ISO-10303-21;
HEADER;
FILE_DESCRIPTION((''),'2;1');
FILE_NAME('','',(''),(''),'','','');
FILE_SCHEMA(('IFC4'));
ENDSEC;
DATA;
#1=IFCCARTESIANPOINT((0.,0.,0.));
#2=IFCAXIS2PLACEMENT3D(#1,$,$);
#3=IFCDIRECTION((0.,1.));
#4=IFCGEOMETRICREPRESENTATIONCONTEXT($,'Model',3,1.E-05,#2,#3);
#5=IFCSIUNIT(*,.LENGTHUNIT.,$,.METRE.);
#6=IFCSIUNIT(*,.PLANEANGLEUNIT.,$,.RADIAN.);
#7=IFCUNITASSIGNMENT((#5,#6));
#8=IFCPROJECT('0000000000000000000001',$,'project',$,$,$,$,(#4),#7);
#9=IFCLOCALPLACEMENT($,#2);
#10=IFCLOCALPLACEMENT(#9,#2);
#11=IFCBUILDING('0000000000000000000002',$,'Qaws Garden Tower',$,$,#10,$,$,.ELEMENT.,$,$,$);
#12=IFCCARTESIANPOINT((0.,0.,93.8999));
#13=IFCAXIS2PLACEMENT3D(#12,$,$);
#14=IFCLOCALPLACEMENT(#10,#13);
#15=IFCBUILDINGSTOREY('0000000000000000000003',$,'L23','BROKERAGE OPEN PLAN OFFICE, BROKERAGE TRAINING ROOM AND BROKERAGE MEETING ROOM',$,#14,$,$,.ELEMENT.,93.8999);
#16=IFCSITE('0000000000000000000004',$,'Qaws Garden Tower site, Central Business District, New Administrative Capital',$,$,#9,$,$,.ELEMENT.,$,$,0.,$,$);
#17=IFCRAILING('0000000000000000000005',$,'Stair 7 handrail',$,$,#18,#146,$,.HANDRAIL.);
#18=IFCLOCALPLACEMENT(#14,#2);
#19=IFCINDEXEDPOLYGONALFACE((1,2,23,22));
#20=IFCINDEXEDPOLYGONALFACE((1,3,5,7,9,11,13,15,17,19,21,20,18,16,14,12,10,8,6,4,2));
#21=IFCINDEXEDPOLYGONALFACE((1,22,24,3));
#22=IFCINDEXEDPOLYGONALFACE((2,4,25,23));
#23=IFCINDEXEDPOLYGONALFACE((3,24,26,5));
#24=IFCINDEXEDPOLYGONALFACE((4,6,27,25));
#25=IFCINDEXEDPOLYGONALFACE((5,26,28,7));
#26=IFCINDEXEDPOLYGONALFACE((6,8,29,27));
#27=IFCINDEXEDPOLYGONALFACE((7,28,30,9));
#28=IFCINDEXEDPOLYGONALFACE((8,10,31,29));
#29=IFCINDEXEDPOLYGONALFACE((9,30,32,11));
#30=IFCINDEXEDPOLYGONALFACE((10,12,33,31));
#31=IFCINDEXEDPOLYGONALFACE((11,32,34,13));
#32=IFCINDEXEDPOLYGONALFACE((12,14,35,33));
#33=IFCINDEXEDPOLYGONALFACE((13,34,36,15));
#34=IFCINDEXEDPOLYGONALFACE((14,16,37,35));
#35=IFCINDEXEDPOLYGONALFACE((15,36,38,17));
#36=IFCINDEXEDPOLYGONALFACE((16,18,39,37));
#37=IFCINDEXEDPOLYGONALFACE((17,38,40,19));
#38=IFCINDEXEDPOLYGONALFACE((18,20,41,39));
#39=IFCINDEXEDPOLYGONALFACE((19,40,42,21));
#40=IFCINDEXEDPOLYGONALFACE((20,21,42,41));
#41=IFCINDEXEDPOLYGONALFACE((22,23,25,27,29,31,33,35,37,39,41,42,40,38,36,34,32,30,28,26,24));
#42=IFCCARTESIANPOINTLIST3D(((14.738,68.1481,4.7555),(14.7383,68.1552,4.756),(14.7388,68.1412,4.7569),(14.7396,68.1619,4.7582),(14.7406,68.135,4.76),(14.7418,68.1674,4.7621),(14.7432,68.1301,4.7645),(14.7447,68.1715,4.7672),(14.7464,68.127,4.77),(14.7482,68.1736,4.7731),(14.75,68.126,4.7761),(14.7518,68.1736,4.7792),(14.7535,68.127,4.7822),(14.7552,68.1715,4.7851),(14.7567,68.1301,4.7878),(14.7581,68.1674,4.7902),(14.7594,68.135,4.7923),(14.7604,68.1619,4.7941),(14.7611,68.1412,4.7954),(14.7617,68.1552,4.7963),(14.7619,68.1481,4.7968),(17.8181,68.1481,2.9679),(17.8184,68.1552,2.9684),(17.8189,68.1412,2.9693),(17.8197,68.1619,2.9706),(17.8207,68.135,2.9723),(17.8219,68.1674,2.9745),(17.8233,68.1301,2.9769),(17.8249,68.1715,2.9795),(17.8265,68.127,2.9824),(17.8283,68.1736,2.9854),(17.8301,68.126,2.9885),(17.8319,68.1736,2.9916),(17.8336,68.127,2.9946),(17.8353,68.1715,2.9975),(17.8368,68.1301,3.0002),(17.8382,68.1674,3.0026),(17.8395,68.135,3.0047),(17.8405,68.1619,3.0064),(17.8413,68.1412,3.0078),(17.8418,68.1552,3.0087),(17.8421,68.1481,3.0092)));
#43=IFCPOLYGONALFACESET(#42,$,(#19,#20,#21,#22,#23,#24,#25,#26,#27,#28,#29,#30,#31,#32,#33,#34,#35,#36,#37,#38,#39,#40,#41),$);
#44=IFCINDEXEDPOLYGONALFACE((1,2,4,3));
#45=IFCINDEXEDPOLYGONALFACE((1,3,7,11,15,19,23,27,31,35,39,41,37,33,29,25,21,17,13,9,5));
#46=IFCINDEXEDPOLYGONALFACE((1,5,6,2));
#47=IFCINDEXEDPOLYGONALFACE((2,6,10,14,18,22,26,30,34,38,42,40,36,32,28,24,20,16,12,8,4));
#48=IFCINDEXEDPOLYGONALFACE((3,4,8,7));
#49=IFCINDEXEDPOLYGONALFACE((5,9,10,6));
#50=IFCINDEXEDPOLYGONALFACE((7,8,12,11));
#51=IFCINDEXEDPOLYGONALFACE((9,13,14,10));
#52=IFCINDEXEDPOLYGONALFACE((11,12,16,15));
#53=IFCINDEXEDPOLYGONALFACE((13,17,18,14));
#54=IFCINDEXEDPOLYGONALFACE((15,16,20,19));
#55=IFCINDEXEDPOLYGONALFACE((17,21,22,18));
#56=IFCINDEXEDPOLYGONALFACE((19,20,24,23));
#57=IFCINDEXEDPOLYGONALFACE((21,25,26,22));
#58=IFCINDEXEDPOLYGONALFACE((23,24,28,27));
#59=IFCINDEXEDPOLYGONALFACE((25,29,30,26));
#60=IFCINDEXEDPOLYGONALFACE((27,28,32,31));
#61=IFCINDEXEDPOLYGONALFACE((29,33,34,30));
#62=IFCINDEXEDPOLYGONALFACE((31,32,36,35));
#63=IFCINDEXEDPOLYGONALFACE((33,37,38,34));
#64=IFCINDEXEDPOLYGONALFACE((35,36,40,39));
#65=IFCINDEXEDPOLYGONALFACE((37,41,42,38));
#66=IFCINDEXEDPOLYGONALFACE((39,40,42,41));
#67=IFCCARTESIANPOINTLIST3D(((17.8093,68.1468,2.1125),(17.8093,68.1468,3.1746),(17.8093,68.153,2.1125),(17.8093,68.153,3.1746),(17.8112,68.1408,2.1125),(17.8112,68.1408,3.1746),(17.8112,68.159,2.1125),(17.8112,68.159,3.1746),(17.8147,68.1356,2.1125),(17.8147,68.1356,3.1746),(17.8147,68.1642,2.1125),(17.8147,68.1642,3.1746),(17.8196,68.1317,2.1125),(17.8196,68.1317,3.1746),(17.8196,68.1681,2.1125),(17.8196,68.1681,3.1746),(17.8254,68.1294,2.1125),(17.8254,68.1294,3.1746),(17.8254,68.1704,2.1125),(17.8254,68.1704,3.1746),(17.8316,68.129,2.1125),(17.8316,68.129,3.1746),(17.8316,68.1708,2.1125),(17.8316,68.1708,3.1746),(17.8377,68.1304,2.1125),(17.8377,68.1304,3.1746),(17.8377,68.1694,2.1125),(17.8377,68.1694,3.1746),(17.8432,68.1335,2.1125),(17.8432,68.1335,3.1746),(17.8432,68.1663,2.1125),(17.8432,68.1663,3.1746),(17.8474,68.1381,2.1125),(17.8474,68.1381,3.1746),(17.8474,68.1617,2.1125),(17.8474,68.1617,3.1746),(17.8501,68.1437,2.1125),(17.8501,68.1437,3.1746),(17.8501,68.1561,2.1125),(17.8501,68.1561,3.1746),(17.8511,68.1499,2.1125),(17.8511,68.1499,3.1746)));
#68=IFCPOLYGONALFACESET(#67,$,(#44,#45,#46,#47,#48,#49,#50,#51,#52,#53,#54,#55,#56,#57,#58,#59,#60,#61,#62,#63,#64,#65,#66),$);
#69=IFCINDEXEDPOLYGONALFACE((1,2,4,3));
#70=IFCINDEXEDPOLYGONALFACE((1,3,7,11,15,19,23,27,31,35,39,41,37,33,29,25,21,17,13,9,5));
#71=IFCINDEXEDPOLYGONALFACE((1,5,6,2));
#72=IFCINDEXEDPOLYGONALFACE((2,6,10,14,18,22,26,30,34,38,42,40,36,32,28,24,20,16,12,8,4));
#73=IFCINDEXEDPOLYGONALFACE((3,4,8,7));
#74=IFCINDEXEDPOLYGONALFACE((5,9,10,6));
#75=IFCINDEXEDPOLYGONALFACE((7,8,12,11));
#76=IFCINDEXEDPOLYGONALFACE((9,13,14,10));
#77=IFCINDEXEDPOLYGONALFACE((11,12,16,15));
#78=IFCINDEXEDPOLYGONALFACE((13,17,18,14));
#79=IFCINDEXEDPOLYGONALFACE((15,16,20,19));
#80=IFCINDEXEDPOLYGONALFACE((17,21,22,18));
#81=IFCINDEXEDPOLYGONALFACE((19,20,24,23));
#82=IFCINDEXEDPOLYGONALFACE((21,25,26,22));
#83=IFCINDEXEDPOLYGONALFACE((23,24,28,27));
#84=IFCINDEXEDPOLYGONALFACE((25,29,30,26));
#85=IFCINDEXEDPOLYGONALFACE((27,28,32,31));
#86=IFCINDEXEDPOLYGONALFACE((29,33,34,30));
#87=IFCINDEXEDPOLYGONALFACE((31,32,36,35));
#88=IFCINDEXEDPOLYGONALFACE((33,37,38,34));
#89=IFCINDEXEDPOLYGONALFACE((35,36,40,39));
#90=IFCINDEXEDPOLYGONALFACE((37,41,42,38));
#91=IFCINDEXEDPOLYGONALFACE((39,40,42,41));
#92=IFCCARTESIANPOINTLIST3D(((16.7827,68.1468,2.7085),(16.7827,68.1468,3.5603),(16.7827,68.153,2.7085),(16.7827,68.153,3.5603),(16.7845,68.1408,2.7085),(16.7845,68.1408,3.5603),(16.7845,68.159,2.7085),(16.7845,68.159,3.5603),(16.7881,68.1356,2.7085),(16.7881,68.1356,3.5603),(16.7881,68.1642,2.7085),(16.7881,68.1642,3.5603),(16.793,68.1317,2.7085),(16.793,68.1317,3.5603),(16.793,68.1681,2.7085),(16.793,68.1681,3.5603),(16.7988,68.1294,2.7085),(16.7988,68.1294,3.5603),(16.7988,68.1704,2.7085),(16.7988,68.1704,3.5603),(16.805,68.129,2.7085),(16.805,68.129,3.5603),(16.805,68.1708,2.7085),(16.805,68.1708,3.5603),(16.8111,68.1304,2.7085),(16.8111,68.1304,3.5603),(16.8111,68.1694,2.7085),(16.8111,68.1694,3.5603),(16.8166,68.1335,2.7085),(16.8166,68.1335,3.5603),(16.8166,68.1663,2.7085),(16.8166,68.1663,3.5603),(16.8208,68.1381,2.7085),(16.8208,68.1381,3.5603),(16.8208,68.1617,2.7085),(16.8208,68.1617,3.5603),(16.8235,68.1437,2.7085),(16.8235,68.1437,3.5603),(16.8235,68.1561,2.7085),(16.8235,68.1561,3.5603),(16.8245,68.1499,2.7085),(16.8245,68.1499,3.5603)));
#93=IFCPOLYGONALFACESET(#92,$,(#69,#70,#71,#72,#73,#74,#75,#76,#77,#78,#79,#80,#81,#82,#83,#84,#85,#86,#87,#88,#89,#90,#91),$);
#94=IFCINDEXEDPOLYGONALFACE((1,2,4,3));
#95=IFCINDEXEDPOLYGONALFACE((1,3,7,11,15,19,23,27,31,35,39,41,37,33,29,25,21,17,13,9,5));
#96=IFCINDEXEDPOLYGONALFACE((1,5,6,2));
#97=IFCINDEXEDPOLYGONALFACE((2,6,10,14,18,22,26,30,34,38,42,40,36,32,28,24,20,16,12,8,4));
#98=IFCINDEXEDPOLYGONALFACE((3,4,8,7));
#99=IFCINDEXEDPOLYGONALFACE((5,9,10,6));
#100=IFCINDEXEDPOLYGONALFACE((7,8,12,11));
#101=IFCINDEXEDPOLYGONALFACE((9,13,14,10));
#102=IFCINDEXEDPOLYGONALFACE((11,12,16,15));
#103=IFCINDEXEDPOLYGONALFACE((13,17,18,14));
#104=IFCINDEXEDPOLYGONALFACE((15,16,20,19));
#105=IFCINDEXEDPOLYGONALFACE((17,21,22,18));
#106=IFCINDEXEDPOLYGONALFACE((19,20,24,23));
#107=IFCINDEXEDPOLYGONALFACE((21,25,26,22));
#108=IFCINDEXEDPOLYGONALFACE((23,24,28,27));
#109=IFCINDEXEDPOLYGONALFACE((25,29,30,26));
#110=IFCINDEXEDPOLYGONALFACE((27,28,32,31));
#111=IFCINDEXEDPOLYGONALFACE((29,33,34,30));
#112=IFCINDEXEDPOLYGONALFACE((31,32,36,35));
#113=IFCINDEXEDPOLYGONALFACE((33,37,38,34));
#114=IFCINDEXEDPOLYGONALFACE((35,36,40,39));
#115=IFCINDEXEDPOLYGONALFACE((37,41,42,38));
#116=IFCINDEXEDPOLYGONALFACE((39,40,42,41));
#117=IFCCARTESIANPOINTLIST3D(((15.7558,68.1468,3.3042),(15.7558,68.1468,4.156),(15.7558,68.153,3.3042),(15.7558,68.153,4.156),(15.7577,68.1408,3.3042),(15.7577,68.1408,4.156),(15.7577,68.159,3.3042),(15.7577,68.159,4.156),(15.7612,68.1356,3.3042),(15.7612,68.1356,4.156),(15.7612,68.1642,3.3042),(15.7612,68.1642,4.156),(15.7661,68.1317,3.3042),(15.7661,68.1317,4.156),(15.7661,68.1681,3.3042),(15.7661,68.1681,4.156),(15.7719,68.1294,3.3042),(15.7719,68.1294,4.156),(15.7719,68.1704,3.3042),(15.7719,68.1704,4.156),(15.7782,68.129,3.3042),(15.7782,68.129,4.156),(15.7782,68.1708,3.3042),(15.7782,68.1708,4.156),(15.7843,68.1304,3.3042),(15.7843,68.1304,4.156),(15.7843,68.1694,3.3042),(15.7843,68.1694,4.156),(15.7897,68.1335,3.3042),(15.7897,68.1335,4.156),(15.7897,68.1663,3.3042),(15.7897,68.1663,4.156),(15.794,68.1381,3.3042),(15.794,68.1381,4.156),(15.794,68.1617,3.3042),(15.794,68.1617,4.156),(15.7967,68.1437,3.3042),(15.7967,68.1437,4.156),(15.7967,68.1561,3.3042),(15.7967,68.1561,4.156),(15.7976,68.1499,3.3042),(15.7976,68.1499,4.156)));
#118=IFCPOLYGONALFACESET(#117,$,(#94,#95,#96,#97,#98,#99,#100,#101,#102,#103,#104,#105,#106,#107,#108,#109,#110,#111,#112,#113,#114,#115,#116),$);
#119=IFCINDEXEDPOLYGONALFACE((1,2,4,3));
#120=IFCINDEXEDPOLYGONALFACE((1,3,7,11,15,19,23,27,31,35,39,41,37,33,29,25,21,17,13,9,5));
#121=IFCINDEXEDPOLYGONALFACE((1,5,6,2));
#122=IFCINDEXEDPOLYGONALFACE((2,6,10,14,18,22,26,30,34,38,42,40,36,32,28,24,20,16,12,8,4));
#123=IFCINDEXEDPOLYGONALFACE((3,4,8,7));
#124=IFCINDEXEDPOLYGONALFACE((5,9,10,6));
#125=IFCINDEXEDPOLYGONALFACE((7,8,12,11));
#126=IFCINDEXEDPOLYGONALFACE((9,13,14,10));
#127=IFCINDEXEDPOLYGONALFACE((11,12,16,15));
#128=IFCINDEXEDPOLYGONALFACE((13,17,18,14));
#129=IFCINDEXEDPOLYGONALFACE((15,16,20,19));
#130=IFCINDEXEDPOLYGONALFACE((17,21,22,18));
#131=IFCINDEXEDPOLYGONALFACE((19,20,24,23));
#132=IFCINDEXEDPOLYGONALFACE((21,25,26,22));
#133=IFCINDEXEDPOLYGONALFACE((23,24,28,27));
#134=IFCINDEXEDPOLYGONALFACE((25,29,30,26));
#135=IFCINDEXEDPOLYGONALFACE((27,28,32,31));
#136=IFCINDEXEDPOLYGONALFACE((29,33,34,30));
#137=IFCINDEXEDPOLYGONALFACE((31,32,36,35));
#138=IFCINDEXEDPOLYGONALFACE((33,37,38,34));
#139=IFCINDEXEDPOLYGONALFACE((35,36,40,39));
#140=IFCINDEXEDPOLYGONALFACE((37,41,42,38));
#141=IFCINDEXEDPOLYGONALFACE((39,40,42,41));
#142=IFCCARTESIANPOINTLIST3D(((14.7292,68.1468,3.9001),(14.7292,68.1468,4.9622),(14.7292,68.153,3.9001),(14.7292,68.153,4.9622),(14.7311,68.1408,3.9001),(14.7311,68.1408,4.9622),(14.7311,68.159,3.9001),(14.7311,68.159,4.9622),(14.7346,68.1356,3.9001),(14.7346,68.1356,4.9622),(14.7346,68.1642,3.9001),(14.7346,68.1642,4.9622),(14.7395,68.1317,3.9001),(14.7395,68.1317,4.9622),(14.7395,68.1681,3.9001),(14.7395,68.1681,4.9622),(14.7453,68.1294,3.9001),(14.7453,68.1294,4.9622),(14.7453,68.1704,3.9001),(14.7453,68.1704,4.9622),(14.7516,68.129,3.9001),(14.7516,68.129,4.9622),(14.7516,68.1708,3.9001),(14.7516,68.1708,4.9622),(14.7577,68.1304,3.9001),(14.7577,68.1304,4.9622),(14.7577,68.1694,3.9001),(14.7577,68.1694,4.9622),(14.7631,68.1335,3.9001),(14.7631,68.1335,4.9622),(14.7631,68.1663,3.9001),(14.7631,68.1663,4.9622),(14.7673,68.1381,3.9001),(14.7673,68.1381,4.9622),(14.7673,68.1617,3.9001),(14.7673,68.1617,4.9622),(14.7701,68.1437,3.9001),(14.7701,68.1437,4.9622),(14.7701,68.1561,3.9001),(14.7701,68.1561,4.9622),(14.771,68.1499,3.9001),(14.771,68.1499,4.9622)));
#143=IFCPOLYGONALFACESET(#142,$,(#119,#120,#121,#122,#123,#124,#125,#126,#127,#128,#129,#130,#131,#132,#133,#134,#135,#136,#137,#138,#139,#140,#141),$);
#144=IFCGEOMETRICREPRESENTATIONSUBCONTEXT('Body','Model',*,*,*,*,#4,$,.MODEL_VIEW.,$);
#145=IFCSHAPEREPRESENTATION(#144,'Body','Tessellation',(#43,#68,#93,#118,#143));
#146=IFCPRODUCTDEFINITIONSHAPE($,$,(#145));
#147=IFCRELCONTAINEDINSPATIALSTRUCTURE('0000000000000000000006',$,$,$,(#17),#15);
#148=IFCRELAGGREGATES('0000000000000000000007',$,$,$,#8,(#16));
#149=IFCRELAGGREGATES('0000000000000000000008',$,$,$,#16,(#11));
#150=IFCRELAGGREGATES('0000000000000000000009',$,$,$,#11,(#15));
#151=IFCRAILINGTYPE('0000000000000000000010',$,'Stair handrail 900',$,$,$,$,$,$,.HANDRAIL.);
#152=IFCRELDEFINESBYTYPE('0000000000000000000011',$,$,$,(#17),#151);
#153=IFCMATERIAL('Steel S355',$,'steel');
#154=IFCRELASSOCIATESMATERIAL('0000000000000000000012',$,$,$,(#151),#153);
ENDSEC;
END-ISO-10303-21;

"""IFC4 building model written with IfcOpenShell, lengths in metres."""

from ifc_helpers import new_model, si_unit, direction, frame, origin, origin_2d, place, context, subcontext, project, spatial, circle, extrude, material, type_object, element, save


model = new_model("IFC4")

# Units and contexts
model_context = context("Model", 3, precision=1e-05, world=origin(), true_north=direction((0.0, 1.0)))
body_context = subcontext(model_context, "Body", "Model", "MODEL_VIEW")
ifc_project = project(units=[si_unit("LENGTHUNIT", "METRE"), si_unit("PLANEANGLEUNIT", "RADIAN")], contexts=[model_context])

# Site, building, storey
site_placement = place(None, origin())
site = spatial("IfcSite", under=ifc_project, at=site_placement, Name="Qaws Garden Tower site, Central Business District, New Administrative Capital", CompositionType="ELEMENT", RefElevation=0.0)
building_placement = place(site_placement, origin())
building = spatial("IfcBuilding", under=site, at=building_placement, Name="Qaws Garden Tower", CompositionType="ELEMENT")
storey_placement = place(building_placement, frame((0.0, 0.0, 93.8999)))
storey = spatial("IfcBuildingStorey", under=building, at=storey_placement, Name="L23", Description="BROKERAGE OPEN PLAN OFFICE, BROKERAGE TRAINING ROOM AND BROKERAGE MEETING ROOM", CompositionType="ELEMENT", Elevation=93.8999)

# Railing
ifc_material_1 = material(Name="Steel S355", Category="steel")
railing_type = type_object("IfcRailingType", Name="Stair handrail 900", PredefinedType="HANDRAIL", material=ifc_material_1)
railing_1_placement = place(storey_placement, frame((17.8301, 68.1499, 2.1125)))
element("IfcRailing", 1, at=railing_1_placement, inside=storey, type_object=railing_type, Name="Stair 7 handrail", PredefinedType="HANDRAIL", context=body_context, shape_type="SweptSolid", body=[
    extrude(circle(Radius=0.0239, at=origin_2d()), frame((0.0, 0.0, 0.876), z_axis=(-0.864891, 0.0, 0.50196), x_axis=(0.0, -1.0, 0.0)), (0.0, 0.0, 1.0), 3.5613),
    extrude(circle(Radius=0.021, at=origin_2d()), origin(), (0.0, 0.0, 1.0), 1.062),
    extrude(circle(Radius=0.021, at=origin_2d()), frame((-1.0266, 0.0, 0.5959)), (0.0, 0.0, 1.0), 0.8518),
    extrude(circle(Radius=0.021, at=origin_2d()), frame((-2.0535, 0.0, 1.1917)), (0.0, 0.0, 1.0), 0.8518),
    extrude(circle(Radius=0.021, at=origin_2d()), frame((-3.0801, 0.0, 1.7876)), (0.0, 0.0, 1.0), 1.062),
])

save(model, "model.ifc")
